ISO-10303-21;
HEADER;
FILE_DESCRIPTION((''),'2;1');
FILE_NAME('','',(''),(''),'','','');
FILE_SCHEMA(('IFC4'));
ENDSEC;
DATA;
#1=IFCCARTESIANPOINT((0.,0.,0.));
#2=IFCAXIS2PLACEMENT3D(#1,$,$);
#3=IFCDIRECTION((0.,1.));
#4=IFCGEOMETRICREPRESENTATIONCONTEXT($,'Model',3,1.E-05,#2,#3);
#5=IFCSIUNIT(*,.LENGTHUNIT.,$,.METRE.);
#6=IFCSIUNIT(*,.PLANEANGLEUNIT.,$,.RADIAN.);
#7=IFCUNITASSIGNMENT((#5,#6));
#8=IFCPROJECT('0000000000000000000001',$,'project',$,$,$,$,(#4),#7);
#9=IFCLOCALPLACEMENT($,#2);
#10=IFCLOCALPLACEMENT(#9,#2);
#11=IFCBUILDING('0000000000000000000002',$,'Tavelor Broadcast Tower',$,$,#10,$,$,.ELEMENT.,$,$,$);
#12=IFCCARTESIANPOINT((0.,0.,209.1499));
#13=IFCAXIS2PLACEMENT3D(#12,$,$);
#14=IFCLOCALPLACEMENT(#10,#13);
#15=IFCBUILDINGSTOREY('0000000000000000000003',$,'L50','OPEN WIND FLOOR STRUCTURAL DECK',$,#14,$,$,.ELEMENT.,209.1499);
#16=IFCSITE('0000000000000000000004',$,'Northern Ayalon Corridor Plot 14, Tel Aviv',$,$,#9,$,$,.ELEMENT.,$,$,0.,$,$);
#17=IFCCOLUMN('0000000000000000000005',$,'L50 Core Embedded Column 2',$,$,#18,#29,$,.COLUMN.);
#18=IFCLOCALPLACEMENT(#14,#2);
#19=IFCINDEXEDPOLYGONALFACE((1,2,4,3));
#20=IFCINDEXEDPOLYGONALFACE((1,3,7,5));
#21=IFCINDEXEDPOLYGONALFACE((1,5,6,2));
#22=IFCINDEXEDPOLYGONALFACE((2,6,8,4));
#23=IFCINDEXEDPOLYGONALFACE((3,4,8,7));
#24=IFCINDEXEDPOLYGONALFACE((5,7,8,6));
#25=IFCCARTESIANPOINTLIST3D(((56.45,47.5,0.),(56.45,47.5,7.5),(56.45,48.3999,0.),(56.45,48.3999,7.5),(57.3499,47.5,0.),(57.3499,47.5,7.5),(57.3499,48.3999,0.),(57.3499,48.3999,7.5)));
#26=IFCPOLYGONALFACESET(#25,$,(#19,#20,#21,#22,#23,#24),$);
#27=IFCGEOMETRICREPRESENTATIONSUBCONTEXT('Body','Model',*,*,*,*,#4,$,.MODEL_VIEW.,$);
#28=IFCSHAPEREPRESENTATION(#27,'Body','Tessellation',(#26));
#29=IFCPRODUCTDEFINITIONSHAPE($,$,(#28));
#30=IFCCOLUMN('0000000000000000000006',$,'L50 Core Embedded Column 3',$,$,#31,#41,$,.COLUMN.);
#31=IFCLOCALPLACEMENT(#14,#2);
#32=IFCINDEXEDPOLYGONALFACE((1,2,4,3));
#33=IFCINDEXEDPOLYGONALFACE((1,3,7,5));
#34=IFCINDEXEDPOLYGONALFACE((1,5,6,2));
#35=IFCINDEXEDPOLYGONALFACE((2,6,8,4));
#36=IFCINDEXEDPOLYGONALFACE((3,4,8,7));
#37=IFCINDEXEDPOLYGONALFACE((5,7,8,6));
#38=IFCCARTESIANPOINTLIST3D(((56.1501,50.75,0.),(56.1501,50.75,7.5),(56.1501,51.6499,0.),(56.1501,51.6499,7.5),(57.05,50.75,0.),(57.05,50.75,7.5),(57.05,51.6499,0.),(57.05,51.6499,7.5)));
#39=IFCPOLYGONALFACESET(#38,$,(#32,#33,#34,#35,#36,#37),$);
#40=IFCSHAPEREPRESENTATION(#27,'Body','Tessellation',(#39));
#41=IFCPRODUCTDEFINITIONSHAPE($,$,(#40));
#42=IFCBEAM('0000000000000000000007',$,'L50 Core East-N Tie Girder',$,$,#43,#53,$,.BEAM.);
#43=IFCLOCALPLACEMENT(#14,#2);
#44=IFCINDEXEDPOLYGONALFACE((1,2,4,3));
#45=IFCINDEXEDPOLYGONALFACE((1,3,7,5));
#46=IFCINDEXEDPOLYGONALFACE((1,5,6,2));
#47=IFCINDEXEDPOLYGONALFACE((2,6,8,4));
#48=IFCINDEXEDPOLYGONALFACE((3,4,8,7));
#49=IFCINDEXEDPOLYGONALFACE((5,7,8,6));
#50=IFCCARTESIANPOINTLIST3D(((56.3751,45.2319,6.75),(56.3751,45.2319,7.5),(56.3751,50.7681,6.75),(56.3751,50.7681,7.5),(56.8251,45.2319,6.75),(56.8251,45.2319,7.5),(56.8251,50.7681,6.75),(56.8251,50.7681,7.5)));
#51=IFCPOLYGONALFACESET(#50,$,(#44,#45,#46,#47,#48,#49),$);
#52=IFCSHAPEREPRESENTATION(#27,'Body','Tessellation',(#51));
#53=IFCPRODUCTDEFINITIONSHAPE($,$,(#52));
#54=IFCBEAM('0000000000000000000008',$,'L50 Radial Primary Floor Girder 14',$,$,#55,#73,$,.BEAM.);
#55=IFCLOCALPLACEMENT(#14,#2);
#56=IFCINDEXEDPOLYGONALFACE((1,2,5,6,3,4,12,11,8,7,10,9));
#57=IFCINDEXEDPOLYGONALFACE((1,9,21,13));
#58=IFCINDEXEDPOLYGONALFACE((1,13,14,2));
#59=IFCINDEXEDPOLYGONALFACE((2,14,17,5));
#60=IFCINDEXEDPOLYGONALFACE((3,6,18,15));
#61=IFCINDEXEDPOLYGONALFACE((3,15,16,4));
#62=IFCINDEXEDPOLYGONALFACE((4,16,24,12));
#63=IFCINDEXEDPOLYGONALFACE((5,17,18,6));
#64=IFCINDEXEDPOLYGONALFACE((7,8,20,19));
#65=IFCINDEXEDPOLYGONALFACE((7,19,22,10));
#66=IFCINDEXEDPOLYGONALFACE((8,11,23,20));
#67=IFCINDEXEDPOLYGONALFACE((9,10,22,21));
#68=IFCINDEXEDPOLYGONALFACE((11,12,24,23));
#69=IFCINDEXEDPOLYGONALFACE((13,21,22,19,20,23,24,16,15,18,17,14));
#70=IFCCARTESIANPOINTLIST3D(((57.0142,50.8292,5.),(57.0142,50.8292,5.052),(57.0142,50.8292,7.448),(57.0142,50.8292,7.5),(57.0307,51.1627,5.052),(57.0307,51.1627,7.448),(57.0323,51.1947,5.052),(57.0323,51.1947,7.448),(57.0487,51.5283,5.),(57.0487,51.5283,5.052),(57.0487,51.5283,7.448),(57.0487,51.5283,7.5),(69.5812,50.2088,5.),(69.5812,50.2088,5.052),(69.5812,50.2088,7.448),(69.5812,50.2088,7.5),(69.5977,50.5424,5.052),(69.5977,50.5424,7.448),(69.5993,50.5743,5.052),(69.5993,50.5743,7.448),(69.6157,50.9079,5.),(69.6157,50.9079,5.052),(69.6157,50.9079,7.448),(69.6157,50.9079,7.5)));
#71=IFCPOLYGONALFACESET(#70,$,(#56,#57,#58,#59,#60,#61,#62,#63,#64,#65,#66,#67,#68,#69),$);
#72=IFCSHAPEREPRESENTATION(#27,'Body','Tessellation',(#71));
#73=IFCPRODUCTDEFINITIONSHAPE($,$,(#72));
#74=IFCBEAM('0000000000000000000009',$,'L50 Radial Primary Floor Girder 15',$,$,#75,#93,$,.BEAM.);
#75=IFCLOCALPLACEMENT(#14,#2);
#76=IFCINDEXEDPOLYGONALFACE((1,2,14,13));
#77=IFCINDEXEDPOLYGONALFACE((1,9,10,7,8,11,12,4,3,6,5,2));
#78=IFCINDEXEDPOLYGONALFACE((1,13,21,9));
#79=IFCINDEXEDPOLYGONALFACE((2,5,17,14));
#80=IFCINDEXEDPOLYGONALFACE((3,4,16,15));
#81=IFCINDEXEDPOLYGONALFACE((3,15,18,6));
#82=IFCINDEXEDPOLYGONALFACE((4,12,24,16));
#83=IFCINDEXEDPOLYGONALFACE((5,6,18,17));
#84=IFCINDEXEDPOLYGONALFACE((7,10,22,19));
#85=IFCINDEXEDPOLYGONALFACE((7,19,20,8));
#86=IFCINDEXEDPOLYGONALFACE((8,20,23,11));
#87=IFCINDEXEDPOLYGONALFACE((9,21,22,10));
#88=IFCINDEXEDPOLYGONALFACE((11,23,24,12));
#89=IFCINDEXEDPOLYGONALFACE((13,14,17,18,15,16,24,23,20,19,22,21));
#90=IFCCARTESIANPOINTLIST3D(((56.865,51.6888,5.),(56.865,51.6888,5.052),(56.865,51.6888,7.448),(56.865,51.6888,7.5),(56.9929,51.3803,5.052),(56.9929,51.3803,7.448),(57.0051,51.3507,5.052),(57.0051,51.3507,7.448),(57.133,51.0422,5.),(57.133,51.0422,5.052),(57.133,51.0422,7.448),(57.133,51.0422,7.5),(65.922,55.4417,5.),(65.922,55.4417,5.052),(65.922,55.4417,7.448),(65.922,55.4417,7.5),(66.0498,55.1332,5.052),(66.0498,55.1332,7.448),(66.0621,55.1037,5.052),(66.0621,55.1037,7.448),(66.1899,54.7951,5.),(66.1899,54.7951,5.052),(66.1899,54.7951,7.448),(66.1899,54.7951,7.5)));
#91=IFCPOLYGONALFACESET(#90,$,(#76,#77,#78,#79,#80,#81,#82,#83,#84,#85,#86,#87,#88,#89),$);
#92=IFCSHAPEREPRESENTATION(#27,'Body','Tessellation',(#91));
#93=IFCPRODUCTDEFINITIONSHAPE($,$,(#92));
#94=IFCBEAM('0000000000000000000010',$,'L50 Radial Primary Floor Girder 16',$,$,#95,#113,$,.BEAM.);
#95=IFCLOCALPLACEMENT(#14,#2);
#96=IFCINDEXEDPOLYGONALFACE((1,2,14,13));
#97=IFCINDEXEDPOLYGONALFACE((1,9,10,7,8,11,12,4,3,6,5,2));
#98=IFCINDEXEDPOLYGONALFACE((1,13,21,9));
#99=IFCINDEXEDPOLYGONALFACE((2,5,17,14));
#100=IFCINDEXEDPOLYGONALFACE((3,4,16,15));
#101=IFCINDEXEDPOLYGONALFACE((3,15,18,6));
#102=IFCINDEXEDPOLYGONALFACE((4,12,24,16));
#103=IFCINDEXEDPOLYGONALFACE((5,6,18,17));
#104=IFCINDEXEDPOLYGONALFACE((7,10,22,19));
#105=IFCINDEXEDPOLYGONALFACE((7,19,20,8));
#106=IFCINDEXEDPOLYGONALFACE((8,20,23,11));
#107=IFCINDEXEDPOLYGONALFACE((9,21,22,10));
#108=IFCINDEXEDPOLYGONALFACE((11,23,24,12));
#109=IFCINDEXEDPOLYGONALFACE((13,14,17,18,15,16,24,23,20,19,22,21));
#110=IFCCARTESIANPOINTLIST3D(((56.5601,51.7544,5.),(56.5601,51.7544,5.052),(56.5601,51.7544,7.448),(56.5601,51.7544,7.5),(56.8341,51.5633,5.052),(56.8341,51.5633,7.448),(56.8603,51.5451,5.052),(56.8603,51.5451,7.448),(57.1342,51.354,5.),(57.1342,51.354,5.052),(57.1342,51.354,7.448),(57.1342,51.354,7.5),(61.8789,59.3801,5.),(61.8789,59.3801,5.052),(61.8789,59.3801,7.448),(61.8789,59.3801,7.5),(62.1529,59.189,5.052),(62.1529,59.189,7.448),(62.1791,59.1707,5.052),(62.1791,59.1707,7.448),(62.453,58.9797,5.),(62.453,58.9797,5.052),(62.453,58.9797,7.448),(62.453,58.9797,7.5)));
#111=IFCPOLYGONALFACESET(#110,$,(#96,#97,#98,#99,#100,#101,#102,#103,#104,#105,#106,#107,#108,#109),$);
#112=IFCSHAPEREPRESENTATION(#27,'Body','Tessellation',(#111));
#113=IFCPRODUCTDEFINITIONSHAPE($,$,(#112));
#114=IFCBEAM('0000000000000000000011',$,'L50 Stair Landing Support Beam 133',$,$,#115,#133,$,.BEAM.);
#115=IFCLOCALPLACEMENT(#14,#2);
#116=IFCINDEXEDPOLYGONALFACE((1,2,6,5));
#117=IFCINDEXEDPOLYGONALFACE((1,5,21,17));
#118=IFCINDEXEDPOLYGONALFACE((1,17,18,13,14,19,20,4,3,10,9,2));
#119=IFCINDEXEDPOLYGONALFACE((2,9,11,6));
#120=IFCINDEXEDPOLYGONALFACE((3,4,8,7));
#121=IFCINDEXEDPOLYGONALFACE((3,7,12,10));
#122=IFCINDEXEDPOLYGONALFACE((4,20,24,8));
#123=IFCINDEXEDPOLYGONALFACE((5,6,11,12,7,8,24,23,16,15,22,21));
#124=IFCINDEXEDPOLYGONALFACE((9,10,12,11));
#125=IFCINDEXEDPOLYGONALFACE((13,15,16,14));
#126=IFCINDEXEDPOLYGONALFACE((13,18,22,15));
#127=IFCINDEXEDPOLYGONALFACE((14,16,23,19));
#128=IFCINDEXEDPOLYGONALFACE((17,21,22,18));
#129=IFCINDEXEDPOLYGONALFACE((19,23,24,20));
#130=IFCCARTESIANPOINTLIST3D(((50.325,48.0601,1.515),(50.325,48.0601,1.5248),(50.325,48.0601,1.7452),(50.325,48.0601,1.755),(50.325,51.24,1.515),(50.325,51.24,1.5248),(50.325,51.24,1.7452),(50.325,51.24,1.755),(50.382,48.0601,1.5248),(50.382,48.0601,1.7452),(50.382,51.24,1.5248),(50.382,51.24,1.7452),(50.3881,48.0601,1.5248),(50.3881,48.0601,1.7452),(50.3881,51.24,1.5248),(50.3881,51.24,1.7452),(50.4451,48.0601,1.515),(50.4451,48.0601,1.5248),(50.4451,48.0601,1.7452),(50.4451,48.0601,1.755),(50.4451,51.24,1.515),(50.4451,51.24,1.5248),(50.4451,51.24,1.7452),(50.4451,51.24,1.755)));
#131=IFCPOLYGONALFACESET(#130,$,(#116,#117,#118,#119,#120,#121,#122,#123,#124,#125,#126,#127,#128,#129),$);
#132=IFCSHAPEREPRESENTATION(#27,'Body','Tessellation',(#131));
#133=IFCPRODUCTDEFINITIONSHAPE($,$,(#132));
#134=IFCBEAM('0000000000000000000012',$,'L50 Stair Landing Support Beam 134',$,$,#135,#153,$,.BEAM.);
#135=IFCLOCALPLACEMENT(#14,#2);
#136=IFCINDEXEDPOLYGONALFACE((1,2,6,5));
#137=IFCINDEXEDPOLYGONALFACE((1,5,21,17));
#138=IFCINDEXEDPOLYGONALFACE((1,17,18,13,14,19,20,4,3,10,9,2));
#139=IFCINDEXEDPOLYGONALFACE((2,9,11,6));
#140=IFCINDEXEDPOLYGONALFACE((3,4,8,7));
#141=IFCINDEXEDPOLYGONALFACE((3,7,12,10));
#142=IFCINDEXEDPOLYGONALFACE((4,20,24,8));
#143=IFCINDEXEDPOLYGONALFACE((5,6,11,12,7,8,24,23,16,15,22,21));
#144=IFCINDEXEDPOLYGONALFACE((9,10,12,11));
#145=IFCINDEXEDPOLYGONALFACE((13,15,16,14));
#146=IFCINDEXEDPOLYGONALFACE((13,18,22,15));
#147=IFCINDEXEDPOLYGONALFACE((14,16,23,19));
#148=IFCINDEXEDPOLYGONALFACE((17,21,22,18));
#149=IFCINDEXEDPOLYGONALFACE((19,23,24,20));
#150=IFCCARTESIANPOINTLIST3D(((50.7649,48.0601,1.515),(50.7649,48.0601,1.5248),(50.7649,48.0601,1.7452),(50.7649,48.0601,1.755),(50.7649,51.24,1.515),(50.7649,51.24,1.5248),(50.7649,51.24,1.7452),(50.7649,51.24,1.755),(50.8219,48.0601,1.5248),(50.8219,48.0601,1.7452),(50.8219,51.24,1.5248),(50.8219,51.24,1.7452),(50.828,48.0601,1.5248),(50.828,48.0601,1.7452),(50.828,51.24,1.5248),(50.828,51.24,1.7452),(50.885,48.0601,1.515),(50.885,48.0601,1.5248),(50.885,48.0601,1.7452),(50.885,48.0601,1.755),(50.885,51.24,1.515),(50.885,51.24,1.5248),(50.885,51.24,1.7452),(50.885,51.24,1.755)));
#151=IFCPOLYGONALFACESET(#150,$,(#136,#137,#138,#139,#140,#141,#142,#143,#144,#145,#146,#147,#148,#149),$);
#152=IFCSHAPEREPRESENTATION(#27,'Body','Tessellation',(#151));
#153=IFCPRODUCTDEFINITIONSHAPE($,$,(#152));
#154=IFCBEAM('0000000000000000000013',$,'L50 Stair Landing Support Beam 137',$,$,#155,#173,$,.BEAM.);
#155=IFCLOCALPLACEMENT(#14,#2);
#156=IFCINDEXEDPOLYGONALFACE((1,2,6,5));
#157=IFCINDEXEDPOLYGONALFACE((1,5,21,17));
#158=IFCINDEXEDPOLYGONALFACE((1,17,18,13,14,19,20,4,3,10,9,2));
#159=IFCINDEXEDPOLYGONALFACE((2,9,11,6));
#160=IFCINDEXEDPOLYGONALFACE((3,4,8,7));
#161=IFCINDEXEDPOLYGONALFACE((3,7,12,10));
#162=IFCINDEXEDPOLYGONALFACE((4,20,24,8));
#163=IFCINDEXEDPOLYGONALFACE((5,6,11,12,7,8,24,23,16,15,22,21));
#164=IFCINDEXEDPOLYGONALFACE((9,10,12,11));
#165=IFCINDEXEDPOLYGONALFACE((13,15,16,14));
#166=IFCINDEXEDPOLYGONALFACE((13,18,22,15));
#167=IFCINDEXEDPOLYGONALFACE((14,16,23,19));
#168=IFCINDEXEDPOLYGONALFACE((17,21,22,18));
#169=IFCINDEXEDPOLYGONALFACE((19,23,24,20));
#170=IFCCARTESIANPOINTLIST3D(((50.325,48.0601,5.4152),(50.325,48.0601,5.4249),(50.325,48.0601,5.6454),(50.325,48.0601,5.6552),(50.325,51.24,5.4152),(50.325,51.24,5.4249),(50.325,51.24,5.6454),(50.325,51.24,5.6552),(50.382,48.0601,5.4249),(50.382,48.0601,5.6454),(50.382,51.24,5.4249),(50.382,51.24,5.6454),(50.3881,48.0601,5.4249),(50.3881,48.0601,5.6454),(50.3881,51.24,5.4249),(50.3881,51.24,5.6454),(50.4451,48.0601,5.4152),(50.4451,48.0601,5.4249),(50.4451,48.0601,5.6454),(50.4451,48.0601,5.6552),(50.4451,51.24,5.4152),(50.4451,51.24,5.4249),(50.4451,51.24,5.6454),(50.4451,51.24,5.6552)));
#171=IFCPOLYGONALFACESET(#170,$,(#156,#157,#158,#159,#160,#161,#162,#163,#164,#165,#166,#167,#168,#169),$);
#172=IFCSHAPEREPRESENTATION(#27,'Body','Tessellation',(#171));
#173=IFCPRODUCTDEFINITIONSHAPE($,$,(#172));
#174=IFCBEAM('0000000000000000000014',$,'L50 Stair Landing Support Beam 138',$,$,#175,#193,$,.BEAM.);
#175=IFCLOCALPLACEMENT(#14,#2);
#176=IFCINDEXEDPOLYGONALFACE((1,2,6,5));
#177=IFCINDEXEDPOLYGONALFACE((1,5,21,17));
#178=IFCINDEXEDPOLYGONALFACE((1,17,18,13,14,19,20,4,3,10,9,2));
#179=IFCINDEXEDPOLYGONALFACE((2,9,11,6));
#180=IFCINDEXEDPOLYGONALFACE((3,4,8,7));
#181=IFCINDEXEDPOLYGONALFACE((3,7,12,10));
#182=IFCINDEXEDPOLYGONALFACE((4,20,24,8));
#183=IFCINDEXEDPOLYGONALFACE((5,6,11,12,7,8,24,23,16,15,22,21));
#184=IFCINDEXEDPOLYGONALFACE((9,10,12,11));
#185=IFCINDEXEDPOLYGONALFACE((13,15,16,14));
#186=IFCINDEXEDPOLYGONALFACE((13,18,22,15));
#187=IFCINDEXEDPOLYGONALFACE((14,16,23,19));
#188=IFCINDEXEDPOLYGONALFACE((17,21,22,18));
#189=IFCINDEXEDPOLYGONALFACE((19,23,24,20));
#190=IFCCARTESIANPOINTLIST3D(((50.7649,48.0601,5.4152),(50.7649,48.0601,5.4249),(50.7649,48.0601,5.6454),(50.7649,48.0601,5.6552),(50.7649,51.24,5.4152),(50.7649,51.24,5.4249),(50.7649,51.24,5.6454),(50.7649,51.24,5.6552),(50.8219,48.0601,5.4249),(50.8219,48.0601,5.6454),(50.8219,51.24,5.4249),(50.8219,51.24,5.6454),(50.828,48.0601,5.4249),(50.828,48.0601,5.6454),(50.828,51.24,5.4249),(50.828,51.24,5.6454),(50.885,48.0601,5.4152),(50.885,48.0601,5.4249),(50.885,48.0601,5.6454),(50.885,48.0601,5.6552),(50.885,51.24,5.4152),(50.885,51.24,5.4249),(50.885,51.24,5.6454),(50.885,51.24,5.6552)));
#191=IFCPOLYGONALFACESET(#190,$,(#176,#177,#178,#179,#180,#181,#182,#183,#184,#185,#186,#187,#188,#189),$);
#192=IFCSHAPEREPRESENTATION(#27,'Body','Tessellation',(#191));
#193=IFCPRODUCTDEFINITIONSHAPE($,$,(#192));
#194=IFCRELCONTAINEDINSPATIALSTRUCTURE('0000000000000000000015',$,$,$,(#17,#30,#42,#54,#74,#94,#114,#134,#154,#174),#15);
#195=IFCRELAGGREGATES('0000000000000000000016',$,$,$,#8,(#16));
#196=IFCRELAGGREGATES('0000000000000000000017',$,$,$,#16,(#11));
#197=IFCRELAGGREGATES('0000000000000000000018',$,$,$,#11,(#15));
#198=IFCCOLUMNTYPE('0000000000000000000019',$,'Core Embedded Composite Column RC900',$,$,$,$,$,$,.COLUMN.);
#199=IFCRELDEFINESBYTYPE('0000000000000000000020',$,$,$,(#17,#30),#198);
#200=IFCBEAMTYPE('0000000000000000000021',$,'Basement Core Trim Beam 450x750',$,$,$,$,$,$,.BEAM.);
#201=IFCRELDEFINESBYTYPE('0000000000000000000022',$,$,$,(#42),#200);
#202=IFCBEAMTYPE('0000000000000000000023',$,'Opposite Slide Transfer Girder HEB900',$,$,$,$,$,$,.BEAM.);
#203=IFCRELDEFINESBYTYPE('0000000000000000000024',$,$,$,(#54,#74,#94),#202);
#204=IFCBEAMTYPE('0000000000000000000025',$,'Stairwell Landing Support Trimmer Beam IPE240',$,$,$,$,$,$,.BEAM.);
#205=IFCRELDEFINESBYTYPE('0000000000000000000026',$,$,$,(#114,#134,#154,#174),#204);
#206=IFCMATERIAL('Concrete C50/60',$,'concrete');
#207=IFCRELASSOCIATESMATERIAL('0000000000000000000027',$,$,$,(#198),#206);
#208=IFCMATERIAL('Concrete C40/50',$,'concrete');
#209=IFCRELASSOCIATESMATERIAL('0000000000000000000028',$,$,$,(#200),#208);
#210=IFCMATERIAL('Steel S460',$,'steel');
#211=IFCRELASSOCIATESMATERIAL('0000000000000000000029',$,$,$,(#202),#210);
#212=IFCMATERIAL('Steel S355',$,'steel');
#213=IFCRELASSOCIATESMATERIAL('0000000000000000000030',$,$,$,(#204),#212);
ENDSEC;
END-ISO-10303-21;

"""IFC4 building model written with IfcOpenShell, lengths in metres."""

from ifc_helpers import new_model, si_unit, direction, frame, origin, origin_2d, place, context, subcontext, project, spatial, rectangle, i_section, extrude, material, material_profile, profile_set, type_object, element, save


model = new_model("IFC4")

# Units and contexts
model_context = context("Model", 3, precision=1e-05, world=origin(), true_north=direction((0.0, 1.0)))
body_context = subcontext(model_context, "Body", "Model", "MODEL_VIEW")
ifc_project = project(units=[si_unit("LENGTHUNIT", "METRE"), si_unit("PLANEANGLEUNIT", "RADIAN")], contexts=[model_context])

# Site, building, storey
site_placement = place(None, origin())
site = spatial("IfcSite", under=ifc_project, at=site_placement, Name="Northern Ayalon Corridor Plot 14, Tel Aviv", CompositionType="ELEMENT", RefElevation=0.0)
building_placement = place(site_placement, origin())
building = spatial("IfcBuilding", under=site, at=building_placement, Name="Tavelor Broadcast Tower", CompositionType="ELEMENT")
storey_placement = place(building_placement, frame((0.0, 0.0, 209.1499)))
storey = spatial("IfcBuildingStorey", under=building, at=storey_placement, Name="L50", Description="OPEN WIND FLOOR STRUCTURAL DECK", CompositionType="ELEMENT", Elevation=209.1499)

# Columns
ifc_material_1 = material(Name="Concrete C50/60", Category="concrete")
ifc_material_profile_1 = material_profile(ifc_material_1, rectangle(XDim=0.8999, YDim=0.8999, at=origin_2d()), Name="RC 900x900")
ifc_profile_set_1 = profile_set([ifc_material_profile_1], Name="Concrete C50/60")
column_type = type_object("IfcColumnType", Name="Core Embedded Composite Column RC900", PredefinedType="COLUMN", material=ifc_profile_set_1)
for number, where, z_axis, x_axis, name in (
    (1, (56.8999, 47.95, 0.0), (0.0, 0.0, 1.0), (1.0, 0.0, 0.0), "L50 Core Embedded Column 2"),
    (2, (56.6001, 51.2, 0.0), (0.0, 0.0, 1.0), (1.0, 0.0, 0.0), "L50 Core Embedded Column 3"),
):
    element("IfcColumn", number, at=place(storey_placement, frame(where, z_axis=z_axis, x_axis=x_axis)), inside=storey, type_object=column_type, Name=name, PredefinedType="COLUMN", context=body_context, shape_type="SweptSolid", body=[
        extrude(rectangle(XDim=0.8999, YDim=0.8999, at=origin_2d()), origin(), (0.0, 0.0, 1.0), 7.5),
    ])

# Beams
ifc_material_2 = material(Name="Concrete C40/50", Category="concrete")
ifc_material_profile_2 = material_profile(ifc_material_2, rectangle(XDim=0.45, YDim=0.75, at=origin_2d()), Name="RC 450x750")
ifc_profile_set_2 = profile_set([ifc_material_profile_2], Name="Concrete C40/50")
beam_type_1 = type_object("IfcBeamType", Name="Basement Core Trim Beam 450x750", PredefinedType="BEAM", material=ifc_profile_set_2)
beam_1_placement = place(storey_placement, frame((56.6001, 45.2319, 7.125), z_axis=(0.0, 1.0, 0.0), x_axis=(-1.0, 0.0, 0.0)))
element("IfcBeam", 3, at=beam_1_placement, inside=storey, type_object=beam_type_1, Name="L50 Core East-N Tie Girder", PredefinedType="BEAM", context=body_context, shape_type="SweptSolid", body=[
    extrude(rectangle(XDim=0.45, YDim=0.75, at=origin_2d()), origin(), (0.0, 0.0, 1.0), 5.5361),
])
ifc_material_3 = material(Name="Steel S460", Category="steel")
ifc_material_profile_3 = material_profile(ifc_material_3, i_section(OverallWidth=0.7, OverallDepth=2.5, WebThickness=0.032, FlangeThickness=0.052, at=origin_2d()), Name="PG 2500x700")
ifc_profile_set_3 = profile_set([ifc_material_profile_3], Name="Steel S460")
beam_type_2 = type_object("IfcBeamType", Name="Opposite Slide Transfer Girder HEB900", PredefinedType="BEAM", material=ifc_profile_set_3)
beam_2_placement = place(storey_placement, frame((57.0315, 51.1787, 6.25), z_axis=(0.998784, -0.049305, 0.0), x_axis=(0.049305, 0.998784, 0.0)))
element("IfcBeam", 4, at=beam_2_placement, inside=storey, type_object=beam_type_2, Name="L50 Radial Primary Floor Girder 14", PredefinedType="BEAM", context=body_context, shape_type="SweptSolid", body=[
    extrude(i_section(OverallWidth=0.7, OverallDepth=2.5, WebThickness=0.032, FlangeThickness=0.052, at=origin_2d()), origin(), (0.0, 0.0, 1.0), 12.5823),
])
beam_3_placement = place(storey_placement, frame((56.999, 51.3655, 6.25), z_axis=(0.923827, 0.382809, 0.0), x_axis=(-0.382809, 0.923827, 0.0)))
element("IfcBeam", 5, at=beam_3_placement, inside=storey, type_object=beam_type_2, Name="L50 Radial Primary Floor Girder 15", PredefinedType="BEAM", context=body_context, shape_type="SweptSolid", body=[
    extrude(i_section(OverallWidth=0.7, OverallDepth=2.5, WebThickness=0.032, FlangeThickness=0.052, at=origin_2d()), origin(), (0.0, 0.0, 1.0), 9.8037),
])
beam_4_placement = place(storey_placement, frame((56.8472, 51.5542, 6.25), z_axis=(0.572078, 0.820199, 0.0), x_axis=(-0.820199, 0.572078, 0.0)))
element("IfcBeam", 6, at=beam_4_placement, inside=storey, type_object=beam_type_2, Name="L50 Radial Primary Floor Girder 16", PredefinedType="BEAM", context=body_context, shape_type="SweptSolid", body=[
    extrude(i_section(OverallWidth=0.7, OverallDepth=2.5, WebThickness=0.032, FlangeThickness=0.052, at=origin_2d()), origin(), (0.0, 0.0, 1.0), 9.2974),
])
ifc_material_4 = material(Name="Steel S355", Category="steel")
ifc_material_profile_4 = material_profile(ifc_material_4, i_section(OverallWidth=0.1201, OverallDepth=0.24, WebThickness=0.0061, FlangeThickness=0.0098, at=origin_2d()), Name="IPE 240")
ifc_profile_set_4 = profile_set([ifc_material_profile_4], Name="Steel S355")
beam_type_3 = type_object("IfcBeamType", Name="Stairwell Landing Support Trimmer Beam IPE240", PredefinedType="BEAM", material=ifc_profile_set_4)
for number, where, z_axis, x_axis, name in (
    (7, (50.385, 48.0601, 1.635), (0.0, 1.0, 0.0), (-1.0, 0.0, 0.0), "L50 Stair Landing Support Beam 133"),
    (8, (50.825, 48.0601, 1.635), (0.0, 1.0, 0.0), (-1.0, 0.0, 0.0), "L50 Stair Landing Support Beam 134"),
    (9, (50.385, 48.0601, 5.5352), (0.0, 1.0, 0.0), (-1.0, 0.0, 0.0), "L50 Stair Landing Support Beam 137"),
    (10, (50.825, 48.0601, 5.5352), (0.0, 1.0, 0.0), (-1.0, 0.0, 0.0), "L50 Stair Landing Support Beam 138"),
):
    element("IfcBeam", number, at=place(storey_placement, frame(where, z_axis=z_axis, x_axis=x_axis)), inside=storey, type_object=beam_type_3, Name=name, PredefinedType="BEAM", context=body_context, shape_type="SweptSolid", body=[
        extrude(i_section(OverallWidth=0.1201, OverallDepth=0.24, WebThickness=0.0061, FlangeThickness=0.0098, at=origin_2d()), origin(), (0.0, 0.0, 1.0), 3.1799),
    ])

save(model, "model.ifc")
